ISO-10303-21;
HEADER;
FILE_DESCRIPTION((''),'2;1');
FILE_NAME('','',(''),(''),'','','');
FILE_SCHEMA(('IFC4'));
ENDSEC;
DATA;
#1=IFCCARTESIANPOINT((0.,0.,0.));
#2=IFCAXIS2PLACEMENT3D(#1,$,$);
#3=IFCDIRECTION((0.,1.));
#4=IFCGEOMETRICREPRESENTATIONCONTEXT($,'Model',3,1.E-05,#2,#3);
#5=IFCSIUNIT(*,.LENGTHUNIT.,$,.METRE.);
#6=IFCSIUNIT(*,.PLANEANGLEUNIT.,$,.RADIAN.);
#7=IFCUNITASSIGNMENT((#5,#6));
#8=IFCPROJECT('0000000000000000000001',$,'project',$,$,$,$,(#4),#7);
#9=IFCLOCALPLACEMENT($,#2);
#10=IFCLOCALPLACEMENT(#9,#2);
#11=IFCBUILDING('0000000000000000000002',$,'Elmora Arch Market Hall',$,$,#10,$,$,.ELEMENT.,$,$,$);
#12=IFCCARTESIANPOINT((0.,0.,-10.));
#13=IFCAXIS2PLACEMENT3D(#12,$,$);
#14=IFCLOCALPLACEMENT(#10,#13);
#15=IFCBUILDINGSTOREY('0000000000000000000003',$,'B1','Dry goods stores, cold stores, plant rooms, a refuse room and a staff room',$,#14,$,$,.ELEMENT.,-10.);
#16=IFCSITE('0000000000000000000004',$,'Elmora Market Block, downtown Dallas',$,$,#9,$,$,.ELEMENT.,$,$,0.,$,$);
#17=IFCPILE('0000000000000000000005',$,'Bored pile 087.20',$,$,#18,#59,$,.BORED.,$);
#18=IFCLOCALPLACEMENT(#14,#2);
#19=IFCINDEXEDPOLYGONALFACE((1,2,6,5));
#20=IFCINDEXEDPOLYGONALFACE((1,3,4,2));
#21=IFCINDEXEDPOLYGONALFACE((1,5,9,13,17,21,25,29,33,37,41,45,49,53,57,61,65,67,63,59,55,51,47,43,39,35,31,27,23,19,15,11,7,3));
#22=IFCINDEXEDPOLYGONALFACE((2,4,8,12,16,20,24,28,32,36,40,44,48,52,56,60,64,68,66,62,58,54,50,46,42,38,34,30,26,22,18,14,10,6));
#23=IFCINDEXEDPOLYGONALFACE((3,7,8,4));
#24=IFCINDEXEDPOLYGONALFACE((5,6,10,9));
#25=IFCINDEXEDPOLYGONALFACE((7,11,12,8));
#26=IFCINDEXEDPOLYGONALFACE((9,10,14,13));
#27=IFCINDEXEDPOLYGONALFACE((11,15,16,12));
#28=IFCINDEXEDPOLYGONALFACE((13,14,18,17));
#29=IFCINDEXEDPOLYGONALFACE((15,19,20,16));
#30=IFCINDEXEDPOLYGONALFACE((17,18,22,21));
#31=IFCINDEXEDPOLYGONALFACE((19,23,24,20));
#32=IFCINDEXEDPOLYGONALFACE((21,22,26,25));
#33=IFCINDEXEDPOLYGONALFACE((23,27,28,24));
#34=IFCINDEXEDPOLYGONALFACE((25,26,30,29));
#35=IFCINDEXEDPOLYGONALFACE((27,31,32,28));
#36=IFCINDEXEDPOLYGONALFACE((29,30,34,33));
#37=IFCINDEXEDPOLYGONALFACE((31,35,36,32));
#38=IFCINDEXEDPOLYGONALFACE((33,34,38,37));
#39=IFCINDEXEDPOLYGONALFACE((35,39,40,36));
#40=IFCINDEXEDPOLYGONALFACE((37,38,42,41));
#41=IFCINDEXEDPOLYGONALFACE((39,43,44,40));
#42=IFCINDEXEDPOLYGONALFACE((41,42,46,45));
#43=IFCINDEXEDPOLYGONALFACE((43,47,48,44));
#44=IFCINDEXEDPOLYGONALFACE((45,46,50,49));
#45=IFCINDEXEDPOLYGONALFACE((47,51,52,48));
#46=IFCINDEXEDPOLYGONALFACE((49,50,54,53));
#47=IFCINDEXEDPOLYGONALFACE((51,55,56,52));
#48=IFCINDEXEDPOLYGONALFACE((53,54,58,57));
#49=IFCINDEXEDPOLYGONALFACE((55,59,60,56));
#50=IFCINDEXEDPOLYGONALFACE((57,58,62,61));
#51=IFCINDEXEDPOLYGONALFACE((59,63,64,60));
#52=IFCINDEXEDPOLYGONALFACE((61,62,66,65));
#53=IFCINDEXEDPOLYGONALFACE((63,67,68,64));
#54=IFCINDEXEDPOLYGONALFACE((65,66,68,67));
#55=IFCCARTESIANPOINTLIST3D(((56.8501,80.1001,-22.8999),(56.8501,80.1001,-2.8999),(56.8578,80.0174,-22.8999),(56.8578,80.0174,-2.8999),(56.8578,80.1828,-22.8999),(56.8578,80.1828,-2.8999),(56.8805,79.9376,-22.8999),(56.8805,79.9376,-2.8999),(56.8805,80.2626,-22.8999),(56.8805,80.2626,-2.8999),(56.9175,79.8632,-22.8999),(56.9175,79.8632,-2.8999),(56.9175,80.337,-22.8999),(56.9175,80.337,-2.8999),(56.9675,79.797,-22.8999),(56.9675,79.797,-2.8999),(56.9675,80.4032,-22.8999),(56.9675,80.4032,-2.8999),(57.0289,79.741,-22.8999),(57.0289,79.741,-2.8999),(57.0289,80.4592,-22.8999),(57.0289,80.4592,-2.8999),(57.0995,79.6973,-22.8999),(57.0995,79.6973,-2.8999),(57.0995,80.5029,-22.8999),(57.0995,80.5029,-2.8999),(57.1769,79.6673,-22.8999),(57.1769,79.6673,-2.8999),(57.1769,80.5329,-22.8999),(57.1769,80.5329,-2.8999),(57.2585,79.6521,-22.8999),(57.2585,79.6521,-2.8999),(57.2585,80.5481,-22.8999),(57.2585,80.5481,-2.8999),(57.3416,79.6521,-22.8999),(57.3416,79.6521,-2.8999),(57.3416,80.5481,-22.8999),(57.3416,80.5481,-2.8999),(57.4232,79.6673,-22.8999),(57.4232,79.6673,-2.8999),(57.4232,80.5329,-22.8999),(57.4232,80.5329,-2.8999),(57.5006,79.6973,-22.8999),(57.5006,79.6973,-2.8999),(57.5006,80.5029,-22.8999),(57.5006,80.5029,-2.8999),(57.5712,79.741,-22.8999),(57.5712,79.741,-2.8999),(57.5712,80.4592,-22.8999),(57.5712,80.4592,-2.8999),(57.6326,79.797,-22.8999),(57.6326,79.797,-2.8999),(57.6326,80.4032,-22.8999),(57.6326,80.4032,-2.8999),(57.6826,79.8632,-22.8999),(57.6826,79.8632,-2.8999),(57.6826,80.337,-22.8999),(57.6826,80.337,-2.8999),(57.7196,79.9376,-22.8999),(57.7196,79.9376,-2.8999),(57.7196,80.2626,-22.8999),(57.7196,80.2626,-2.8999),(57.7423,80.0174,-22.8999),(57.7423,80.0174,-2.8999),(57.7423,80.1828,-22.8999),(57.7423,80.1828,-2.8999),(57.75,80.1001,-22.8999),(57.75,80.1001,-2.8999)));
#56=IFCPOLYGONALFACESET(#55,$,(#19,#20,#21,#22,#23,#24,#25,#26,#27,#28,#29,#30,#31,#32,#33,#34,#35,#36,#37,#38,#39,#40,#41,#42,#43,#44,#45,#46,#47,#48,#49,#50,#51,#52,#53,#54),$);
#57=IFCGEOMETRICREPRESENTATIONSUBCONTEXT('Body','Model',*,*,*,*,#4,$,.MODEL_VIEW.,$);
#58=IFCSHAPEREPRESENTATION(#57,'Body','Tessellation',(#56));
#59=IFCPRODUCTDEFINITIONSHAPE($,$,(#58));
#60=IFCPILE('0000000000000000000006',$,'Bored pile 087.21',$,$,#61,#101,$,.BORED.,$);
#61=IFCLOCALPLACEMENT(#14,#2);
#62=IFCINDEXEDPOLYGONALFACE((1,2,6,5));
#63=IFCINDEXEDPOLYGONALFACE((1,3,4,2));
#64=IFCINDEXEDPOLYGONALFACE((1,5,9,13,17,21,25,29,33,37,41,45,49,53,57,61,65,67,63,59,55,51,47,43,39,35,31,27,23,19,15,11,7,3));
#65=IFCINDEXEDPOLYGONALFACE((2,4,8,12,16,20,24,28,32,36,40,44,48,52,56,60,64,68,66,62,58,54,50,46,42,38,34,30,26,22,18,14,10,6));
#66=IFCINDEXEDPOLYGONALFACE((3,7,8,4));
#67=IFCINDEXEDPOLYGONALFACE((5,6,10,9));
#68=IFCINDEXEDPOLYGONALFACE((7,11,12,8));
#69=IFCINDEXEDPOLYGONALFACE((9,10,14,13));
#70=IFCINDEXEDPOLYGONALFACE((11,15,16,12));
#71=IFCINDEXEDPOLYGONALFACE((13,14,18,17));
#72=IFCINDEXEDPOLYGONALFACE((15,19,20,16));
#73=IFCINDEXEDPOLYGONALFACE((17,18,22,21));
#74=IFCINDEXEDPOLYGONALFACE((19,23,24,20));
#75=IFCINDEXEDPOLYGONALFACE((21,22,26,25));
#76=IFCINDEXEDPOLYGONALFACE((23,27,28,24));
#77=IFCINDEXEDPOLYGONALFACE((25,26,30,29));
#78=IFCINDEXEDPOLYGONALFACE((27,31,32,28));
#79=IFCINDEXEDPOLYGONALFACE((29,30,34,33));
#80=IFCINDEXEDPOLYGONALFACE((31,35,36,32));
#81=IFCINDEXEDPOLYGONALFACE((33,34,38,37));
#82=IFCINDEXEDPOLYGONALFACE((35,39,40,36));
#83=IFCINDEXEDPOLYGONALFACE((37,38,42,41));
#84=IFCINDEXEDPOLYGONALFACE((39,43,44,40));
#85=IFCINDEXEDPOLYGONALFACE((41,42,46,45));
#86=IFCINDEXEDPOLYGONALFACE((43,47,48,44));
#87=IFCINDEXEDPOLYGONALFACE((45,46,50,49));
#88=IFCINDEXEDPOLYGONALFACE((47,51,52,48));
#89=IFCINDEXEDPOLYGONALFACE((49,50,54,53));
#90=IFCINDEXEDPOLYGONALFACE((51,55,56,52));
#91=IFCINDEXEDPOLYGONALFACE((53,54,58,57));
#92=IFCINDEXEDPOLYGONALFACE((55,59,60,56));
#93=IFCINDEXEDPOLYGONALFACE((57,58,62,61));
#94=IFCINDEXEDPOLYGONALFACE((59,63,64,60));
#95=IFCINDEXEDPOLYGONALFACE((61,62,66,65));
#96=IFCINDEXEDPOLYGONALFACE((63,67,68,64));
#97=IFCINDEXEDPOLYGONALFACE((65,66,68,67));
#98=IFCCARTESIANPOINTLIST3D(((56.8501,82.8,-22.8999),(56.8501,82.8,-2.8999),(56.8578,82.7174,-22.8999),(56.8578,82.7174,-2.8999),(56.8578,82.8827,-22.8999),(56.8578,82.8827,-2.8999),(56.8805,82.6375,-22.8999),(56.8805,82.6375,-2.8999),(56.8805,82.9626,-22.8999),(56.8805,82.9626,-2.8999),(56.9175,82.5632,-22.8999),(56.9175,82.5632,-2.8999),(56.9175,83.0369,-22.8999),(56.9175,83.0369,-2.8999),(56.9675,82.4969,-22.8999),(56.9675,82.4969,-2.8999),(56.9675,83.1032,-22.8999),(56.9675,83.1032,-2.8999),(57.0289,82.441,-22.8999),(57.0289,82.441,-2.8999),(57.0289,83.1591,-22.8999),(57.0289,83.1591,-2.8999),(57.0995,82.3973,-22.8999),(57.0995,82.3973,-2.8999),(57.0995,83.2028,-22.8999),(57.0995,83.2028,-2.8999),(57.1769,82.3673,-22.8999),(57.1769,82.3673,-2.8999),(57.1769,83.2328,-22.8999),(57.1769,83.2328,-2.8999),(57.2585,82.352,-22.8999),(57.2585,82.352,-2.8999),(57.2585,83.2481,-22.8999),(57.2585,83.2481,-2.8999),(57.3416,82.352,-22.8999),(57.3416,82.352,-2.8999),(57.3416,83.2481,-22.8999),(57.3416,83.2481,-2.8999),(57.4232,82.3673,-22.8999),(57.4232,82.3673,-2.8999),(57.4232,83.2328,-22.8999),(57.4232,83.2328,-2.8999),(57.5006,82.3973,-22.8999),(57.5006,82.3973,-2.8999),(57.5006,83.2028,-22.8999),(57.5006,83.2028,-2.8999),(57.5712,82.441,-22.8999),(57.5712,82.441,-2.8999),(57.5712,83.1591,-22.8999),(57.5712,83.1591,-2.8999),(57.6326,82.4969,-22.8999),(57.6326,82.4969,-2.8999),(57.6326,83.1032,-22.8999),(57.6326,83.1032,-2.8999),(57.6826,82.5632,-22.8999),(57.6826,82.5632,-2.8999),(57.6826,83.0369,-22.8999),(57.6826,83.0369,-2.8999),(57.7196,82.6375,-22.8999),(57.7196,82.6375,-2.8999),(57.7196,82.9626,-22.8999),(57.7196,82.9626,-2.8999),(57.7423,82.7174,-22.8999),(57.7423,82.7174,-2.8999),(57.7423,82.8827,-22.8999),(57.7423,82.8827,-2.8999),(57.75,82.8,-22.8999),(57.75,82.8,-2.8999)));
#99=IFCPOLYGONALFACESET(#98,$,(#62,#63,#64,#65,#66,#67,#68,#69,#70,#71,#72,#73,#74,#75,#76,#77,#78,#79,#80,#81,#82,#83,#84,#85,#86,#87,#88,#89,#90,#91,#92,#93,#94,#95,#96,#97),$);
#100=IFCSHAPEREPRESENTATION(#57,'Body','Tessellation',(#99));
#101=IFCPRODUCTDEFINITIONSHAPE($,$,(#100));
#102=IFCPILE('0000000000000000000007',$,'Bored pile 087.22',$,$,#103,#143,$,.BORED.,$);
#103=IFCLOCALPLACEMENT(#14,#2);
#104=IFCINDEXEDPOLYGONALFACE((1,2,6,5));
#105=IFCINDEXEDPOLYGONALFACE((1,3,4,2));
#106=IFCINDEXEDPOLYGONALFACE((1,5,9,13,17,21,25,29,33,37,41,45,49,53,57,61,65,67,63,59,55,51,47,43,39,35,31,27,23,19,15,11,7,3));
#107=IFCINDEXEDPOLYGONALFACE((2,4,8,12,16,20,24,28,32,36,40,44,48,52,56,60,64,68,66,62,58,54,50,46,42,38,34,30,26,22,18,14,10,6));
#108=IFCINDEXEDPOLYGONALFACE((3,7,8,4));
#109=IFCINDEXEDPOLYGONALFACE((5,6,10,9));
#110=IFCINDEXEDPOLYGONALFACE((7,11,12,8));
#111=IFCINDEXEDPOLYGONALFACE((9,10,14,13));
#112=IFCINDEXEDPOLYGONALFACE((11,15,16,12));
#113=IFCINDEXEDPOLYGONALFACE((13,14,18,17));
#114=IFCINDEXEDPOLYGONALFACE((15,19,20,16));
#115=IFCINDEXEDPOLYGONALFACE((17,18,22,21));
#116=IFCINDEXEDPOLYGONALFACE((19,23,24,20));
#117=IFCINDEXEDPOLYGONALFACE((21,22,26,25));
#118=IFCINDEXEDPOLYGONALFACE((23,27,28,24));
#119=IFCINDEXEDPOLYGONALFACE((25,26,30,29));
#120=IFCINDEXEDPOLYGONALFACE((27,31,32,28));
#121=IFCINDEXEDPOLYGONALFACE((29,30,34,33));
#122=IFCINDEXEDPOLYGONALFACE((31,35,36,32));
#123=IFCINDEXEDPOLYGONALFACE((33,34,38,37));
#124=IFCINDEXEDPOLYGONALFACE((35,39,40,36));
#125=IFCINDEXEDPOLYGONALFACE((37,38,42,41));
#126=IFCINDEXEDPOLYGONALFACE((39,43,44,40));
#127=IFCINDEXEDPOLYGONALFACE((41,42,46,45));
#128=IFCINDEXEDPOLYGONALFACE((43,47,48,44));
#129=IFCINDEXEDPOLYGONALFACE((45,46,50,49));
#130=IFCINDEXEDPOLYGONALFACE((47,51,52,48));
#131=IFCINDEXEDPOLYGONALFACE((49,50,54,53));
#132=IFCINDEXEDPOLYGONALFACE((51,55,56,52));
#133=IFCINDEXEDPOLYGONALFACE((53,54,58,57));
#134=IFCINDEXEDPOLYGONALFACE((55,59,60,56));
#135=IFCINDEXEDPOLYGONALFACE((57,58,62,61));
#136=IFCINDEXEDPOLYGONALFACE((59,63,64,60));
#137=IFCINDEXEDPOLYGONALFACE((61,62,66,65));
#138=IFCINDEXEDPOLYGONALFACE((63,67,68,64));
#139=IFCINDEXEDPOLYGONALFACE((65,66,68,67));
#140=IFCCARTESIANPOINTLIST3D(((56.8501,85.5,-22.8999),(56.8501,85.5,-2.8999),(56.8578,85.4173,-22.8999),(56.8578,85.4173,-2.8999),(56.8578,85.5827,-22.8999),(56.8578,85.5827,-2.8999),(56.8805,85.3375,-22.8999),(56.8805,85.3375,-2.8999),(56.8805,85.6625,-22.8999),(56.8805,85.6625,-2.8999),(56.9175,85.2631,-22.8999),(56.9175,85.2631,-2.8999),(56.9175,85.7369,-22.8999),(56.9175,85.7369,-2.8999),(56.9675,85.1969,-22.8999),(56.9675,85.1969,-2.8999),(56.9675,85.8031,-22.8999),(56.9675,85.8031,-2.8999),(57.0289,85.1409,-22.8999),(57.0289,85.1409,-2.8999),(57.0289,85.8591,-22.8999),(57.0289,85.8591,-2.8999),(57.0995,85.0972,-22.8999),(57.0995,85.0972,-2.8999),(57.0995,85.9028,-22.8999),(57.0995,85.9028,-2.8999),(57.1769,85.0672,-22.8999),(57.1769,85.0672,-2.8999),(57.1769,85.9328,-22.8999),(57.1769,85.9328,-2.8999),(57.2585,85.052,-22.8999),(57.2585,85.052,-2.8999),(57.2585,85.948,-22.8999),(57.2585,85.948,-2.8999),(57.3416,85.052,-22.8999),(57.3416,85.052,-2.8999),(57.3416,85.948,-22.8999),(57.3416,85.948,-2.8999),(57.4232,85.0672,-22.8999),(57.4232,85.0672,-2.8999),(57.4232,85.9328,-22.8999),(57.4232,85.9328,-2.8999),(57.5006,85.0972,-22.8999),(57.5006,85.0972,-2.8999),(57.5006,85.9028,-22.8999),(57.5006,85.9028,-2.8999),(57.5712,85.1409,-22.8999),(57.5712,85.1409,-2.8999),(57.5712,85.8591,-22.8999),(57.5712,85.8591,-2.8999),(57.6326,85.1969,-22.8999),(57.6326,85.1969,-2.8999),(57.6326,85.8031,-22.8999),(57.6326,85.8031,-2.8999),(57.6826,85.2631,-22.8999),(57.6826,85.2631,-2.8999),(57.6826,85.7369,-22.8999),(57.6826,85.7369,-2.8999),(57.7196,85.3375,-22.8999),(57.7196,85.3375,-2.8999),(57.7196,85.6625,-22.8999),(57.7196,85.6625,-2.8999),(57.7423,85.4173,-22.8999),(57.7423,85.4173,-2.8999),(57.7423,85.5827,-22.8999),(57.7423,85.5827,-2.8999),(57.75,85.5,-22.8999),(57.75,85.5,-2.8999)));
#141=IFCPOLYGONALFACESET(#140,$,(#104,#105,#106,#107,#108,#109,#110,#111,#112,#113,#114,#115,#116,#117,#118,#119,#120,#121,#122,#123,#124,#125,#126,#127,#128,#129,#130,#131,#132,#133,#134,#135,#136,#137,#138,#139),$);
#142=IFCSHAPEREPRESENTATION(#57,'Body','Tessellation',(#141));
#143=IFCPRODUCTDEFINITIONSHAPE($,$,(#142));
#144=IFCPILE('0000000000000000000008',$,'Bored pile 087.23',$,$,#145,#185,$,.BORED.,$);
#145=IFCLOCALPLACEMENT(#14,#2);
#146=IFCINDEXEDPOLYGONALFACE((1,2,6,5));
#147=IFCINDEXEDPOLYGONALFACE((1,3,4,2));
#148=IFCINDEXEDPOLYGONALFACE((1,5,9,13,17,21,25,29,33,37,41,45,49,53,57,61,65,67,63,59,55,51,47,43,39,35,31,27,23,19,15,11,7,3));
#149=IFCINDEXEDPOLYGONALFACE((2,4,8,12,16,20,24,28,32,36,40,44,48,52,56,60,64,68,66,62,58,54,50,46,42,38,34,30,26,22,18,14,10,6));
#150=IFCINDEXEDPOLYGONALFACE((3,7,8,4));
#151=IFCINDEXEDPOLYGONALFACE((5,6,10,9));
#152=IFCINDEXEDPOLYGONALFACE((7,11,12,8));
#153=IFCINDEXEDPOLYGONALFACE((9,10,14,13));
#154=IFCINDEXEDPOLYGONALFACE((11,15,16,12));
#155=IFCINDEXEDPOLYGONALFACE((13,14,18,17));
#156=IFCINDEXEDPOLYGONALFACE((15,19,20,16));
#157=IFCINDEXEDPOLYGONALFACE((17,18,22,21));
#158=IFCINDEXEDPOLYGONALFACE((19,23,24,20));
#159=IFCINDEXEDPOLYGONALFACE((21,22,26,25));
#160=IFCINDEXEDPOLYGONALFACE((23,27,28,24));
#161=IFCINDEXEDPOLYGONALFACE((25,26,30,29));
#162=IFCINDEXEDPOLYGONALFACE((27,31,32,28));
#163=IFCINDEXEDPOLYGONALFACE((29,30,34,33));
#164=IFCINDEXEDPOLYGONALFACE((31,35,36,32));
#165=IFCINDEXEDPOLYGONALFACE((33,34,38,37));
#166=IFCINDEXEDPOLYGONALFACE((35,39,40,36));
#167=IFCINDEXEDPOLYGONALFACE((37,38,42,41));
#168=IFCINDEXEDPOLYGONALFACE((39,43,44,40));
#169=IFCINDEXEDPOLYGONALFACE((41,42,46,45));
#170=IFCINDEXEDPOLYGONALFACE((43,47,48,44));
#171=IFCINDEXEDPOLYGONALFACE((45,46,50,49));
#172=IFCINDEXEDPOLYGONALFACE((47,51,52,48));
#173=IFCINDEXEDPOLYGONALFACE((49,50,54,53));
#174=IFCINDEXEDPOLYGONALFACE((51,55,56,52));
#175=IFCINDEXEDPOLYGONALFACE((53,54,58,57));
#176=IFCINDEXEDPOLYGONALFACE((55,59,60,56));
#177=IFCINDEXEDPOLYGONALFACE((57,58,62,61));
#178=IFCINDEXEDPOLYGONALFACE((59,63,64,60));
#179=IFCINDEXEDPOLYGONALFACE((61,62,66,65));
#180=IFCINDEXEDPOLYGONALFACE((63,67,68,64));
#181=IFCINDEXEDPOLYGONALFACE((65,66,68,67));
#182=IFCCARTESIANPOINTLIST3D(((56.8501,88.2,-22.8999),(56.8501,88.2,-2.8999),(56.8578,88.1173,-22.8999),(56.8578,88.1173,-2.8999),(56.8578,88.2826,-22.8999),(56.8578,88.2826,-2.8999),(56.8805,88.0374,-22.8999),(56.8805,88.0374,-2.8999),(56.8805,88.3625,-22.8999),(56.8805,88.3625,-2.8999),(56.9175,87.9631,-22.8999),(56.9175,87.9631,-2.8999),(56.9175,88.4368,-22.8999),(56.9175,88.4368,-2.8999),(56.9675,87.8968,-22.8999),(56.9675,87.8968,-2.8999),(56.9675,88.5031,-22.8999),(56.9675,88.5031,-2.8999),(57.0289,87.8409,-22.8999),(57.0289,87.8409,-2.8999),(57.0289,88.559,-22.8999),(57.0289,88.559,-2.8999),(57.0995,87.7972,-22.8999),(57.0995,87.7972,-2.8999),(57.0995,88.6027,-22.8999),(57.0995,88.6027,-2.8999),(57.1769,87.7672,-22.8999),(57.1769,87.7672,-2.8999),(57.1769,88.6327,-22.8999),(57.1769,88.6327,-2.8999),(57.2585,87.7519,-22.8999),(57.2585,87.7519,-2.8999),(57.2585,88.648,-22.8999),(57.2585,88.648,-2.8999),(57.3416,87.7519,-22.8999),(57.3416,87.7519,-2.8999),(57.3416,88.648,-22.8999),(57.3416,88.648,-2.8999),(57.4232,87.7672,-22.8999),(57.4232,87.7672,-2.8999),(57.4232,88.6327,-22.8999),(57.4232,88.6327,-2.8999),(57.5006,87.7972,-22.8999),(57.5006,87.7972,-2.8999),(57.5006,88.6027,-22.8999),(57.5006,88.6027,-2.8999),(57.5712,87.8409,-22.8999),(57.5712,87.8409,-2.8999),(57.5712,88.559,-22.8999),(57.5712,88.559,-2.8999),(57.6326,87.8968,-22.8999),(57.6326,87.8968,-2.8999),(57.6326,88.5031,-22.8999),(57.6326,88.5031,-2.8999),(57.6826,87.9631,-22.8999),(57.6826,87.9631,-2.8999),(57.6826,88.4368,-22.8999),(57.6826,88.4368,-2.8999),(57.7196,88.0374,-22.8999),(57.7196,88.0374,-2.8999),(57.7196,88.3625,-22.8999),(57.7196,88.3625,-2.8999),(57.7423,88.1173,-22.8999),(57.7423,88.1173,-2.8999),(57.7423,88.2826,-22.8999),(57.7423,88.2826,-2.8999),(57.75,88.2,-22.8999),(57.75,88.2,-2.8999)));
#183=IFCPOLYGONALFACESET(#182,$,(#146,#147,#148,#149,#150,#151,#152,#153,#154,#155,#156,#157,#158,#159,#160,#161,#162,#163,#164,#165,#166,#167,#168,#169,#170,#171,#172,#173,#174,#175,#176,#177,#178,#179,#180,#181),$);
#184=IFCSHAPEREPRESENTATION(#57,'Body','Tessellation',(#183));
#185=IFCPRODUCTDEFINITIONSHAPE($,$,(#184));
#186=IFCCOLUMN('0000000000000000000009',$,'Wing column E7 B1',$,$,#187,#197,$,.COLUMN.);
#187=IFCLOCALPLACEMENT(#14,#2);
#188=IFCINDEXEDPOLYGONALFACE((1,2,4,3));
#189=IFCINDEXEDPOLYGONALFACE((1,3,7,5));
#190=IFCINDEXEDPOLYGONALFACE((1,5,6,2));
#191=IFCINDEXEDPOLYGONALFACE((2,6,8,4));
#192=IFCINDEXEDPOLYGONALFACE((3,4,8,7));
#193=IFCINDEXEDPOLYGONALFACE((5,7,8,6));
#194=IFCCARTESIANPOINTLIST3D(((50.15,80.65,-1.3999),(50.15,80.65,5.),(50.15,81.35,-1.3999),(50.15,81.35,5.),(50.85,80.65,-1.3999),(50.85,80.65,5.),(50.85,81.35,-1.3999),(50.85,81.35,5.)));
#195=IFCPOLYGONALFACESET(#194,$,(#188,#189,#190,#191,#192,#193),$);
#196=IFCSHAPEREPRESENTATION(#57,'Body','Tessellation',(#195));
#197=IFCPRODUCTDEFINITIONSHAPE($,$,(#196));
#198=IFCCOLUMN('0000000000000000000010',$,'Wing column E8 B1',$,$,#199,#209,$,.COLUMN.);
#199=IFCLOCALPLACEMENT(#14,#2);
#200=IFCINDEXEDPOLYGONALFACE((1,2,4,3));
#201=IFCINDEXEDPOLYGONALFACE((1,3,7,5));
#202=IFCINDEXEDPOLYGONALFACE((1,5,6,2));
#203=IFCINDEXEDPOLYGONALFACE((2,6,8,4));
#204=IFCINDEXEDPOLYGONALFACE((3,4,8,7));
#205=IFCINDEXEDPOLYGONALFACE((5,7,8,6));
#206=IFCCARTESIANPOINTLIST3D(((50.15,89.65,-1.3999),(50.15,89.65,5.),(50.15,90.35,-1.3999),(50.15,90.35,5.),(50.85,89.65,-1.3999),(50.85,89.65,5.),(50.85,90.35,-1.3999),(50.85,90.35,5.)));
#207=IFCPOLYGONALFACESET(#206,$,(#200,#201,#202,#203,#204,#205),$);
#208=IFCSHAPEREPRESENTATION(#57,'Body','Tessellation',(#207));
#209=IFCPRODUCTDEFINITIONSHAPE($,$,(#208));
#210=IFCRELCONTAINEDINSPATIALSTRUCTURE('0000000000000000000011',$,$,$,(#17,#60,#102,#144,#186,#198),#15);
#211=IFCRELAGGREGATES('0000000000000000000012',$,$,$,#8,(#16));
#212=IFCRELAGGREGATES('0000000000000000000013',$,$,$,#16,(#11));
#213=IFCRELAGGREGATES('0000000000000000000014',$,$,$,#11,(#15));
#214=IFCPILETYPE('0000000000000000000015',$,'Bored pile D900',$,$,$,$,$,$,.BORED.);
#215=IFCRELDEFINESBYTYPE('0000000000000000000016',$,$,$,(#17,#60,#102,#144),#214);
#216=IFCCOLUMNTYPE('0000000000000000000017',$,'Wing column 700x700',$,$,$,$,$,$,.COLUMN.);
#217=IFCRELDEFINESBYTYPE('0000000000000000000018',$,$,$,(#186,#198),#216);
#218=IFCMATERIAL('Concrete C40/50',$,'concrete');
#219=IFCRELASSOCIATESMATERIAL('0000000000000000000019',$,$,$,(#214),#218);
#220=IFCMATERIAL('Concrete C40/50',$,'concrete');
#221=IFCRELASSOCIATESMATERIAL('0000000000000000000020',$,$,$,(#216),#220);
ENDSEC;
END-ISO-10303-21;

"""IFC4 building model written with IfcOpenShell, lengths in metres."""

from ifc_helpers import new_model, si_unit, direction, frame, origin, origin_2d, place, context, subcontext, project, spatial, rectangle, circle, extrude, material, material_profile, profile_set, type_object, element, save


model = new_model("IFC4")

# Units and contexts
model_context = context("Model", 3, precision=1e-05, world=origin(), true_north=direction((0.0, 1.0)))
body_context = subcontext(model_context, "Body", "Model", "MODEL_VIEW")
ifc_project = project(units=[si_unit("LENGTHUNIT", "METRE"), si_unit("PLANEANGLEUNIT", "RADIAN")], contexts=[model_context])

# Site, building, storey
site_placement = place(None, origin())
site = spatial("IfcSite", under=ifc_project, at=site_placement, Name="Elmora Market Block, downtown Dallas", CompositionType="ELEMENT", RefElevation=0.0)
building_placement = place(site_placement, origin())
building = spatial("IfcBuilding", under=site, at=building_placement, Name="Elmora Arch Market Hall", CompositionType="ELEMENT")
storey_placement = place(building_placement, frame((0.0, 0.0, -10.0)))
storey = spatial("IfcBuildingStorey", under=building, at=storey_placement, Name="B1", Description="Dry goods stores, cold stores, plant rooms, a refuse room and a staff room", CompositionType="ELEMENT", Elevation=-10.0)

# Piles
ifc_material_1 = material(Name="Concrete C40/50", Category="concrete")
ifc_material_profile_1 = material_profile(ifc_material_1, circle(Radius=0.45, at=origin_2d()), Name="Bored pile D900")
ifc_profile_set_1 = profile_set([ifc_material_profile_1], Name="Concrete C40/50")
pile_type = type_object("IfcPileType", Name="Bored pile D900", PredefinedType="BORED", material=ifc_profile_set_1)
for number, where, z_axis, x_axis, name in (
    (1, (57.3, 80.1001, -2.8999), (0.0, 0.0, -1.0), (1.0, 0.0, 0.0), "Bored pile 087.20"),
    (2, (57.3, 82.8, -2.8999), (0.0, 0.0, -1.0), (1.0, 0.0, 0.0), "Bored pile 087.21"),
    (3, (57.3, 85.5, -2.8999), (0.0, 0.0, -1.0), (1.0, 0.0, 0.0), "Bored pile 087.22"),
    (4, (57.3, 88.2, -2.8999), (0.0, 0.0, -1.0), (1.0, 0.0, 0.0), "Bored pile 087.23"),
):
    element("IfcPile", number, at=place(storey_placement, frame(where, z_axis=z_axis, x_axis=x_axis)), inside=storey, type_object=pile_type, Name=name, PredefinedType="BORED", context=body_context, shape_type="SweptSolid", body=[
        extrude(circle(Radius=0.45, at=origin_2d()), origin(), (0.0, 0.0, 1.0), 20.0),
    ])

# Columns
ifc_material_2 = material(Name="Concrete C40/50", Category="concrete")
ifc_material_profile_2 = material_profile(ifc_material_2, rectangle(XDim=0.7, YDim=0.7, at=origin_2d()), Name="Wing column 700x700")
ifc_profile_set_2 = profile_set([ifc_material_profile_2], Name="Concrete C40/50")
column_type = type_object("IfcColumnType", Name="Wing column 700x700", PredefinedType="COLUMN", material=ifc_profile_set_2)
for number, where, z_axis, x_axis, name in (
    (5, (50.5, 81.0, -1.3999), (0.0, 0.0, 1.0), (1.0, 0.0, 0.0), "Wing column E7 B1"),
    (6, (50.5, 90.0, -1.3999), (0.0, 0.0, 1.0), (1.0, 0.0, 0.0), "Wing column E8 B1"),
):
    element("IfcColumn", number, at=place(storey_placement, frame(where, z_axis=z_axis, x_axis=x_axis)), inside=storey, type_object=column_type, Name=name, PredefinedType="COLUMN", context=body_context, shape_type="SweptSolid", body=[
        extrude(rectangle(XDim=0.7, YDim=0.7, at=origin_2d()), origin(), (0.0, 0.0, 1.0), 6.3999),
    ])

save(model, "model.ifc")
